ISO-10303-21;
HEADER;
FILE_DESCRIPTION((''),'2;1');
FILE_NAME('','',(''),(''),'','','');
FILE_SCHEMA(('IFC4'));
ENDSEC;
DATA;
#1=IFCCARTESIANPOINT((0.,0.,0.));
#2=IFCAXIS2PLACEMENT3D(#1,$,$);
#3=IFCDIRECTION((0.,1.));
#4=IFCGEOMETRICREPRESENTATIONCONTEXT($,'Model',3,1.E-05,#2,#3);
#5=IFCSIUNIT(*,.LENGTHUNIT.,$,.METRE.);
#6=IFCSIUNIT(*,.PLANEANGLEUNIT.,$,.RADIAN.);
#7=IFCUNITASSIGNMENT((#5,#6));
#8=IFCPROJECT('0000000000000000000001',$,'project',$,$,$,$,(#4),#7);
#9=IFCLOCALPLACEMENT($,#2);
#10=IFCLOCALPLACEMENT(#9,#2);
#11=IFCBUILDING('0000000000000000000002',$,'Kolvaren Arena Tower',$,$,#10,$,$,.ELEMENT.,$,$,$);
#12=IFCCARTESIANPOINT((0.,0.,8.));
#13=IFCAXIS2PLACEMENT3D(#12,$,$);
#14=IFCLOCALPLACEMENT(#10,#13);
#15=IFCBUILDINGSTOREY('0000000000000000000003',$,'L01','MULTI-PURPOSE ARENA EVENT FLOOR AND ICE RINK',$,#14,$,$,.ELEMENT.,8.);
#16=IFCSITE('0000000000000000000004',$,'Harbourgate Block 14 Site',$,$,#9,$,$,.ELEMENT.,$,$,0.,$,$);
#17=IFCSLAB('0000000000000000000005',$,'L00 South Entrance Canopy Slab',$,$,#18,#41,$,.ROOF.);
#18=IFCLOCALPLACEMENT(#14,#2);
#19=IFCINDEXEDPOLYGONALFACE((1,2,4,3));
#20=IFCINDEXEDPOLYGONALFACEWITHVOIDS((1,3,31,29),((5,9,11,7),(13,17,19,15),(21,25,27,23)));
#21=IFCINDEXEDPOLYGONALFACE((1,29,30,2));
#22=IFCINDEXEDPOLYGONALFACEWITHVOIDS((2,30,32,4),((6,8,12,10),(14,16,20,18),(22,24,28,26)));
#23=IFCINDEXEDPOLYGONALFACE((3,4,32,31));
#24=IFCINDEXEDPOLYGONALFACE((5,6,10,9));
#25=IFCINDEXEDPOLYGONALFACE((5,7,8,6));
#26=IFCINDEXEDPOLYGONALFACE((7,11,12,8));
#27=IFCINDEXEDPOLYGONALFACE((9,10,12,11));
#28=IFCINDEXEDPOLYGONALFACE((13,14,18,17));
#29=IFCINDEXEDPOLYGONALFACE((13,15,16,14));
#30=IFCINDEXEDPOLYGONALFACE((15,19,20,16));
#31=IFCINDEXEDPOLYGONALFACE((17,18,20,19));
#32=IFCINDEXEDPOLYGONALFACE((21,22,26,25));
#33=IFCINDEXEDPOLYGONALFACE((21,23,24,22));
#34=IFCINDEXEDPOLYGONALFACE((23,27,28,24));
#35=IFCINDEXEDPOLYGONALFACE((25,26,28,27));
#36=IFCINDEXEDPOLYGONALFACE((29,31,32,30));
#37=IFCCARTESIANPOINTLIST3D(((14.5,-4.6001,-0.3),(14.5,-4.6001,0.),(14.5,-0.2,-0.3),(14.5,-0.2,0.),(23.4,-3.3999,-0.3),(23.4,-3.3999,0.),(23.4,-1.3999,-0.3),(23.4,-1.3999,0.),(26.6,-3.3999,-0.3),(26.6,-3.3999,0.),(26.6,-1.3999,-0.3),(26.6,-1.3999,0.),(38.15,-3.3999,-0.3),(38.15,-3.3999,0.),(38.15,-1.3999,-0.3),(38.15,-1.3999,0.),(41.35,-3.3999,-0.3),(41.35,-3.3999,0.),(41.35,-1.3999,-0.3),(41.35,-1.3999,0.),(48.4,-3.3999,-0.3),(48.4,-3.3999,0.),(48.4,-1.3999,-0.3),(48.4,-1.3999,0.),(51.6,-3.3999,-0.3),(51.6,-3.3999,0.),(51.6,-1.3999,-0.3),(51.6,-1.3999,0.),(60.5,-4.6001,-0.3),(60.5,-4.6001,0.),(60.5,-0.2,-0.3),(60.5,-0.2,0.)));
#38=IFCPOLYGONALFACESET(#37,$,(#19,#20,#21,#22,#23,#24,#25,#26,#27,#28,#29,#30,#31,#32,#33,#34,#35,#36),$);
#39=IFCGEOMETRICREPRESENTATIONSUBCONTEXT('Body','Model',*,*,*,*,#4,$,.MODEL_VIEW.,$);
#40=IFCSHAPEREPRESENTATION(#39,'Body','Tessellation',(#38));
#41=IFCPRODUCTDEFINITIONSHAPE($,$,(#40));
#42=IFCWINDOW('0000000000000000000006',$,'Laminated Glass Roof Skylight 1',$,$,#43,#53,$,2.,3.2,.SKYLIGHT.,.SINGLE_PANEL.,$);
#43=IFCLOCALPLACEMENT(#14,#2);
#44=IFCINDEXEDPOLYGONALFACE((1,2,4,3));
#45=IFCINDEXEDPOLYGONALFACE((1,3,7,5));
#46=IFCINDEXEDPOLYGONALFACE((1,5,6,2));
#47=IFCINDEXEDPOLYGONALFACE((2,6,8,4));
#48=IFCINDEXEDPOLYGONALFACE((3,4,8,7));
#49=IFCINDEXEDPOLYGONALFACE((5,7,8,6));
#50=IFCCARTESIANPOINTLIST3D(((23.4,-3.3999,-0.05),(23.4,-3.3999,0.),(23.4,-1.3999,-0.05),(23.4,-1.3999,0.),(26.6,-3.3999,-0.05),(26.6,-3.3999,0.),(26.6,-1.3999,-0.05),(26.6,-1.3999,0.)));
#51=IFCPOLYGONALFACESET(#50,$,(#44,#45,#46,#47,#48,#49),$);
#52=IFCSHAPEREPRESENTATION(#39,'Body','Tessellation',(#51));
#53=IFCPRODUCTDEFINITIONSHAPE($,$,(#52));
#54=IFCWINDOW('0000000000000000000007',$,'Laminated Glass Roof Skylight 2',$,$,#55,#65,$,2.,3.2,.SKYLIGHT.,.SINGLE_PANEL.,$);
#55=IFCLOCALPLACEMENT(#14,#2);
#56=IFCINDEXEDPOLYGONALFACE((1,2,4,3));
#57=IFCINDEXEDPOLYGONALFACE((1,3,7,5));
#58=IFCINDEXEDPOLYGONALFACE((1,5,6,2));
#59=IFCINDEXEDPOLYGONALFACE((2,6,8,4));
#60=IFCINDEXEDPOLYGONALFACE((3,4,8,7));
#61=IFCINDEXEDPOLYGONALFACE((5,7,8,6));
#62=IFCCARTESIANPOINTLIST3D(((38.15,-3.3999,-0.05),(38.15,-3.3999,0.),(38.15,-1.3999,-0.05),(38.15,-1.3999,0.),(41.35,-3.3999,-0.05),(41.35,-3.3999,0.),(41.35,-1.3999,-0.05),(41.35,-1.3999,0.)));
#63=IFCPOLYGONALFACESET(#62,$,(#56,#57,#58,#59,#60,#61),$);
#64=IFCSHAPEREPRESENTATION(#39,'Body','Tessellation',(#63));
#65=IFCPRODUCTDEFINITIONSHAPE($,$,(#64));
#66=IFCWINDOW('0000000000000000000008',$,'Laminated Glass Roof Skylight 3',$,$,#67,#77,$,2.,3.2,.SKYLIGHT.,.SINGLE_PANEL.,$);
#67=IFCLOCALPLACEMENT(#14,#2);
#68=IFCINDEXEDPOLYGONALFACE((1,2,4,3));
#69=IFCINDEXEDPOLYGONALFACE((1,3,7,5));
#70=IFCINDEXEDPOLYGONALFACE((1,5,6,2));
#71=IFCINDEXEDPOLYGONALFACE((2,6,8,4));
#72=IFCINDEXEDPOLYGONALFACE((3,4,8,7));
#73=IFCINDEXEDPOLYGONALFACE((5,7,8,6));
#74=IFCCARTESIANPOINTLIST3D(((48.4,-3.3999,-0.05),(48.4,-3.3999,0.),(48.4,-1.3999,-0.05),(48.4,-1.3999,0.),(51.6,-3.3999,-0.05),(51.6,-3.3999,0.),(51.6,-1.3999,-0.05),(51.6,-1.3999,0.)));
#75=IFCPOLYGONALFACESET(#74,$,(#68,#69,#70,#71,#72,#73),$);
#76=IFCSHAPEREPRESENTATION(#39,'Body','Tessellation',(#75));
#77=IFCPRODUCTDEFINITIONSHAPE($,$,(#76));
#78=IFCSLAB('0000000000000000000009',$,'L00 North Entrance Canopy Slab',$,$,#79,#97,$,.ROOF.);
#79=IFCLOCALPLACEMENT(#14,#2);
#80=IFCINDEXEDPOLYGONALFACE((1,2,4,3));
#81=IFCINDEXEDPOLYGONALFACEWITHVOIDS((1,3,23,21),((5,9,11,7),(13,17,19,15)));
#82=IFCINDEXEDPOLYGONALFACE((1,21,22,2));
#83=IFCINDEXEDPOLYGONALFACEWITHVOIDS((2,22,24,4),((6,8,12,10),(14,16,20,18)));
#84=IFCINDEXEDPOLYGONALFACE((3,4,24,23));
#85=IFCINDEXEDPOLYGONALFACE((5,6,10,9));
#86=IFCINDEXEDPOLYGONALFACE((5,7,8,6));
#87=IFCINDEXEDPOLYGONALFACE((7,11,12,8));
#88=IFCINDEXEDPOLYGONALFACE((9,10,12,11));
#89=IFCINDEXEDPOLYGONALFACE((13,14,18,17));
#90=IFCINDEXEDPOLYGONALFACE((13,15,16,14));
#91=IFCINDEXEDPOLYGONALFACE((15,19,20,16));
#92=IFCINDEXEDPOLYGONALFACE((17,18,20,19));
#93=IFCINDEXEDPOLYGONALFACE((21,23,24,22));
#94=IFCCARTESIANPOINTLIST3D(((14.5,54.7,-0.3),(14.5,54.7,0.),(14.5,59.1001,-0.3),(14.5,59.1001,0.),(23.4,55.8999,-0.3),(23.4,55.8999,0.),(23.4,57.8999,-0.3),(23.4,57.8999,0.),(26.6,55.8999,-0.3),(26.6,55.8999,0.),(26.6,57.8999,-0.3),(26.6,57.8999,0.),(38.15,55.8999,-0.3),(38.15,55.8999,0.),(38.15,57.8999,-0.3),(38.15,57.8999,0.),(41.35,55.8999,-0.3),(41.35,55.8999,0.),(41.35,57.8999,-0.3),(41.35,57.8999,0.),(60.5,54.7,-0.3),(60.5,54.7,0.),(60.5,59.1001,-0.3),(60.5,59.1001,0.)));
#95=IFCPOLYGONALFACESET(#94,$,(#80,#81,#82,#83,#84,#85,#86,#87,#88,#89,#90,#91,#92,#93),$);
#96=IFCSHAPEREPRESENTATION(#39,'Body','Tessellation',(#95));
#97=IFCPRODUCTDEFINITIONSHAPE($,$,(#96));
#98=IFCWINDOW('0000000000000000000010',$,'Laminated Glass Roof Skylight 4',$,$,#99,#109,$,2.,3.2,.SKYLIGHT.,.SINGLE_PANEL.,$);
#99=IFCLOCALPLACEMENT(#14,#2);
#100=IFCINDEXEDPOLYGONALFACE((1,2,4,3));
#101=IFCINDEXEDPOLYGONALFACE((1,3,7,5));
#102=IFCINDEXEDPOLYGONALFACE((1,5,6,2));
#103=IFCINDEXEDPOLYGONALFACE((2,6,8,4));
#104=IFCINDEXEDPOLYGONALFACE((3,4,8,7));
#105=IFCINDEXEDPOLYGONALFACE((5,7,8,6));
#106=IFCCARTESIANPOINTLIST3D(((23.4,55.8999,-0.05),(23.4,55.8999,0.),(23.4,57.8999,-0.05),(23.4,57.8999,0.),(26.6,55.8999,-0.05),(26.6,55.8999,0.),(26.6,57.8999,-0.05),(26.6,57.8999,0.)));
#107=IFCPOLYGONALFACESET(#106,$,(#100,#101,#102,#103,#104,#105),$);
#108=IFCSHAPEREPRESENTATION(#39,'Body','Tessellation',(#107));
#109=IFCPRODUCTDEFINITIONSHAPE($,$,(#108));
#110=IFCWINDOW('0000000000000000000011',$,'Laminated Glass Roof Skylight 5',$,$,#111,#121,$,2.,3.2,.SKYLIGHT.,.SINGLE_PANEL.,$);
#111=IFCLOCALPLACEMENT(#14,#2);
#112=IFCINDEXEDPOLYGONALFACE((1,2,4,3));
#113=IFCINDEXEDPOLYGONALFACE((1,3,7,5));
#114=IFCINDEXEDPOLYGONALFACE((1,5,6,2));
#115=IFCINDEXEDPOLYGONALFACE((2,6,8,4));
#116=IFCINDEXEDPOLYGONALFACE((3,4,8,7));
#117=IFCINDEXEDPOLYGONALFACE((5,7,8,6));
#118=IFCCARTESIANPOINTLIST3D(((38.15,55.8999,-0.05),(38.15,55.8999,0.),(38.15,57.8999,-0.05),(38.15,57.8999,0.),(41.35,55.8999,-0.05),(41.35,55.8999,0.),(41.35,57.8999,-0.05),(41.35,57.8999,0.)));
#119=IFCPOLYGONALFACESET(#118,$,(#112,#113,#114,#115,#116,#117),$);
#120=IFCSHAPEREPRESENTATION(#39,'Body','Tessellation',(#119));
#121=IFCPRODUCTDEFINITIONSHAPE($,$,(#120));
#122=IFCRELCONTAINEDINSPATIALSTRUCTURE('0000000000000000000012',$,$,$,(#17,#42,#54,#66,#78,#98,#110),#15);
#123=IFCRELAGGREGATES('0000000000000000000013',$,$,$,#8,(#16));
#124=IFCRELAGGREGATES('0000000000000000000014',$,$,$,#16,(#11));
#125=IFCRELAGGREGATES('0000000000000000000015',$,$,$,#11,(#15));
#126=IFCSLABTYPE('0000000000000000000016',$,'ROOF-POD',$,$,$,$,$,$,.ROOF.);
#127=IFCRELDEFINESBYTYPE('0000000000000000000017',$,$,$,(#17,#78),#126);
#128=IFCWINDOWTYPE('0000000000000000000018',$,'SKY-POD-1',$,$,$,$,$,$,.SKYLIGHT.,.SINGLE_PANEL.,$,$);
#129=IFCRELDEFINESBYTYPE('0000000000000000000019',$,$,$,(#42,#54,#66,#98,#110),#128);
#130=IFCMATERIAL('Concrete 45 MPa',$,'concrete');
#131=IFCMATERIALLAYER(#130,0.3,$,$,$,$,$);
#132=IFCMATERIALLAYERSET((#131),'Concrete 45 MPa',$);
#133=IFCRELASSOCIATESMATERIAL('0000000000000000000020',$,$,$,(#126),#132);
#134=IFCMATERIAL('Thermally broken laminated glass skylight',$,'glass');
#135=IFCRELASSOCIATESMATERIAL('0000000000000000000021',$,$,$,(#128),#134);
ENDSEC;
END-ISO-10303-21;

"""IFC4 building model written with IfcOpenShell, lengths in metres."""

from ifc_helpers import new_model, si_unit, direction, frame, origin, origin_2d, place, context, subcontext, project, spatial, polyline, rectangle, outline, extrude, material, layer, layer_set, type_object, element, fill, save


model = new_model("IFC4")

# Units and contexts
model_context = context("Model", 3, precision=1e-05, world=origin(), true_north=direction((0.0, 1.0)))
body_context = subcontext(model_context, "Body", "Model", "MODEL_VIEW")
ifc_project = project(units=[si_unit("LENGTHUNIT", "METRE"), si_unit("PLANEANGLEUNIT", "RADIAN")], contexts=[model_context])

# Site, building, storey
site_placement = place(None, origin())
site = spatial("IfcSite", under=ifc_project, at=site_placement, Name="Harbourgate Block 14 Site", CompositionType="ELEMENT", RefElevation=0.0)
building_placement = place(site_placement, origin())
building = spatial("IfcBuilding", under=site, at=building_placement, Name="Kolvaren Arena Tower", CompositionType="ELEMENT")
storey_placement = place(building_placement, frame((0.0, 0.0, 8.0)))
storey = spatial("IfcBuildingStorey", under=building, at=storey_placement, Name="L01", Description="MULTI-PURPOSE ARENA EVENT FLOOR AND ICE RINK", CompositionType="ELEMENT", Elevation=8.0)

# Slabs, openings, windows
ifc_material_1 = material(Name="Concrete 45 MPa", Category="concrete")
ifc_layer_1 = layer(ifc_material_1, 0.3)
ifc_layer_set_1 = layer_set([ifc_layer_1], Name="Concrete 45 MPa")
slab_type_1 = type_object("IfcSlabType", Name="ROOF-POD", PredefinedType="ROOF", material=ifc_layer_set_1)
slab_1_placement = place(storey_placement, frame((0.0, 0.0, -0.3)))
slab_1 = element("IfcSlab", 1, at=slab_1_placement, inside=storey, type_object=slab_type_1, Name="L00 South Entrance Canopy Slab", PredefinedType="ROOF", context=body_context, shape_type="SweptSolid", body=[
    extrude(outline(polyline([(14.5, -4.6001), (60.5, -4.6001), (60.5, -0.2), (14.5, -0.2), (14.5, -4.6001)])), origin(), (0.0, 0.0, 1.0), 0.3),
])
opening_1_placement = place(slab_1_placement, frame((25.0, -2.3999, 0.0)))
opening_1 = element("IfcOpeningElement", 2, at=opening_1_placement, cuts=slab_1, PredefinedType="OPENING", context=body_context, shape_type="SweptSolid", body=[
    extrude(rectangle(XDim=3.2, YDim=2.0, at=origin_2d()), origin(), (0.0, 0.0, 1.0), 0.3),
])
opening_2_placement = place(slab_1_placement, frame((39.75, -2.3999, 0.0)))
opening_2 = element("IfcOpeningElement", 3, at=opening_2_placement, cuts=slab_1, PredefinedType="OPENING", context=body_context, shape_type="SweptSolid", body=[
    extrude(rectangle(XDim=3.2, YDim=2.0, at=origin_2d()), origin(), (0.0, 0.0, 1.0), 0.3),
])
opening_3_placement = place(slab_1_placement, frame((50.0, -2.3999, 0.0)))
opening_3 = element("IfcOpeningElement", 4, at=opening_3_placement, cuts=slab_1, PredefinedType="OPENING", context=body_context, shape_type="SweptSolid", body=[
    extrude(rectangle(XDim=3.2, YDim=2.0, at=origin_2d()), origin(), (0.0, 0.0, 1.0), 0.3),
])
ifc_material_2 = material(Name="Thermally broken laminated glass skylight", Category="glass")
window_type = type_object("IfcWindowType", Name="SKY-POD-1", PartitioningType="SINGLE_PANEL", PredefinedType="SKYLIGHT", material=ifc_material_2)
window_1_placement = place(opening_1_placement, frame((0.0, 0.0, 0.25)))
window_1 = element("IfcWindow", 5, at=window_1_placement, inside=storey, type_object=window_type, Name="Laminated Glass Roof Skylight 1", OverallHeight=2.0, OverallWidth=3.2, PartitioningType="SINGLE_PANEL", PredefinedType="SKYLIGHT", context=body_context, shape_type="SweptSolid", body=[
    extrude(rectangle(XDim=3.2, YDim=2.0, at=origin_2d()), origin(), (0.0, 0.0, 1.0), 0.05),
])
fill(opening_1, window_1)
window_2_placement = place(opening_2_placement, frame((0.0, 0.0, 0.25)))
window_2 = element("IfcWindow", 6, at=window_2_placement, inside=storey, type_object=window_type, Name="Laminated Glass Roof Skylight 2", OverallHeight=2.0, OverallWidth=3.2, PartitioningType="SINGLE_PANEL", PredefinedType="SKYLIGHT", context=body_context, shape_type="SweptSolid", body=[
    extrude(rectangle(XDim=3.2, YDim=2.0, at=origin_2d()), origin(), (0.0, 0.0, 1.0), 0.05),
])
fill(opening_2, window_2)
window_3_placement = place(opening_3_placement, frame((0.0, 0.0, 0.25)))
window_3 = element("IfcWindow", 7, at=window_3_placement, inside=storey, type_object=window_type, Name="Laminated Glass Roof Skylight 3", OverallHeight=2.0, OverallWidth=3.2, PartitioningType="SINGLE_PANEL", PredefinedType="SKYLIGHT", context=body_context, shape_type="SweptSolid", body=[
    extrude(rectangle(XDim=3.2, YDim=2.0, at=origin_2d()), origin(), (0.0, 0.0, 1.0), 0.05),
])
fill(opening_3, window_3)
slab_2_placement = place(storey_placement, frame((0.0, 0.0, -0.3)))
slab_2 = element("IfcSlab", 8, at=slab_2_placement, inside=storey, type_object=slab_type_1, Name="L00 North Entrance Canopy Slab", PredefinedType="ROOF", context=body_context, shape_type="SweptSolid", body=[
    extrude(outline(polyline([(14.5, 54.7), (60.5, 54.7), (60.5, 59.1001), (14.5, 59.1001), (14.5, 54.7)])), origin(), (0.0, 0.0, 1.0), 0.3),
])
opening_4_placement = place(slab_2_placement, frame((25.0, 56.8999, 0.0)))
opening_4 = element("IfcOpeningElement", 9, at=opening_4_placement, cuts=slab_2, PredefinedType="OPENING", context=body_context, shape_type="SweptSolid", body=[
    extrude(rectangle(XDim=3.2, YDim=2.0, at=origin_2d()), origin(), (0.0, 0.0, 1.0), 0.3),
])
opening_5_placement = place(slab_2_placement, frame((39.75, 56.8999, 0.0)))
opening_5 = element("IfcOpeningElement", 10, at=opening_5_placement, cuts=slab_2, PredefinedType="OPENING", context=body_context, shape_type="SweptSolid", body=[
    extrude(rectangle(XDim=3.2, YDim=2.0, at=origin_2d()), origin(), (0.0, 0.0, 1.0), 0.3),
])
window_4_placement = place(opening_4_placement, frame((0.0, 0.0, 0.25)))
window_4 = element("IfcWindow", 11, at=window_4_placement, inside=storey, type_object=window_type, Name="Laminated Glass Roof Skylight 4", OverallHeight=2.0, OverallWidth=3.2, PartitioningType="SINGLE_PANEL", PredefinedType="SKYLIGHT", context=body_context, shape_type="SweptSolid", body=[
    extrude(rectangle(XDim=3.2, YDim=2.0, at=origin_2d()), origin(), (0.0, 0.0, 1.0), 0.05),
])
fill(opening_4, window_4)
window_5_placement = place(opening_5_placement, frame((0.0, 0.0, 0.25)))
window_5 = element("IfcWindow", 12, at=window_5_placement, inside=storey, type_object=window_type, Name="Laminated Glass Roof Skylight 5", OverallHeight=2.0, OverallWidth=3.2, PartitioningType="SINGLE_PANEL", PredefinedType="SKYLIGHT", context=body_context, shape_type="SweptSolid", body=[
    extrude(rectangle(XDim=3.2, YDim=2.0, at=origin_2d()), origin(), (0.0, 0.0, 1.0), 0.05),
])
fill(opening_5, window_5)

save(model, "model.ifc")
